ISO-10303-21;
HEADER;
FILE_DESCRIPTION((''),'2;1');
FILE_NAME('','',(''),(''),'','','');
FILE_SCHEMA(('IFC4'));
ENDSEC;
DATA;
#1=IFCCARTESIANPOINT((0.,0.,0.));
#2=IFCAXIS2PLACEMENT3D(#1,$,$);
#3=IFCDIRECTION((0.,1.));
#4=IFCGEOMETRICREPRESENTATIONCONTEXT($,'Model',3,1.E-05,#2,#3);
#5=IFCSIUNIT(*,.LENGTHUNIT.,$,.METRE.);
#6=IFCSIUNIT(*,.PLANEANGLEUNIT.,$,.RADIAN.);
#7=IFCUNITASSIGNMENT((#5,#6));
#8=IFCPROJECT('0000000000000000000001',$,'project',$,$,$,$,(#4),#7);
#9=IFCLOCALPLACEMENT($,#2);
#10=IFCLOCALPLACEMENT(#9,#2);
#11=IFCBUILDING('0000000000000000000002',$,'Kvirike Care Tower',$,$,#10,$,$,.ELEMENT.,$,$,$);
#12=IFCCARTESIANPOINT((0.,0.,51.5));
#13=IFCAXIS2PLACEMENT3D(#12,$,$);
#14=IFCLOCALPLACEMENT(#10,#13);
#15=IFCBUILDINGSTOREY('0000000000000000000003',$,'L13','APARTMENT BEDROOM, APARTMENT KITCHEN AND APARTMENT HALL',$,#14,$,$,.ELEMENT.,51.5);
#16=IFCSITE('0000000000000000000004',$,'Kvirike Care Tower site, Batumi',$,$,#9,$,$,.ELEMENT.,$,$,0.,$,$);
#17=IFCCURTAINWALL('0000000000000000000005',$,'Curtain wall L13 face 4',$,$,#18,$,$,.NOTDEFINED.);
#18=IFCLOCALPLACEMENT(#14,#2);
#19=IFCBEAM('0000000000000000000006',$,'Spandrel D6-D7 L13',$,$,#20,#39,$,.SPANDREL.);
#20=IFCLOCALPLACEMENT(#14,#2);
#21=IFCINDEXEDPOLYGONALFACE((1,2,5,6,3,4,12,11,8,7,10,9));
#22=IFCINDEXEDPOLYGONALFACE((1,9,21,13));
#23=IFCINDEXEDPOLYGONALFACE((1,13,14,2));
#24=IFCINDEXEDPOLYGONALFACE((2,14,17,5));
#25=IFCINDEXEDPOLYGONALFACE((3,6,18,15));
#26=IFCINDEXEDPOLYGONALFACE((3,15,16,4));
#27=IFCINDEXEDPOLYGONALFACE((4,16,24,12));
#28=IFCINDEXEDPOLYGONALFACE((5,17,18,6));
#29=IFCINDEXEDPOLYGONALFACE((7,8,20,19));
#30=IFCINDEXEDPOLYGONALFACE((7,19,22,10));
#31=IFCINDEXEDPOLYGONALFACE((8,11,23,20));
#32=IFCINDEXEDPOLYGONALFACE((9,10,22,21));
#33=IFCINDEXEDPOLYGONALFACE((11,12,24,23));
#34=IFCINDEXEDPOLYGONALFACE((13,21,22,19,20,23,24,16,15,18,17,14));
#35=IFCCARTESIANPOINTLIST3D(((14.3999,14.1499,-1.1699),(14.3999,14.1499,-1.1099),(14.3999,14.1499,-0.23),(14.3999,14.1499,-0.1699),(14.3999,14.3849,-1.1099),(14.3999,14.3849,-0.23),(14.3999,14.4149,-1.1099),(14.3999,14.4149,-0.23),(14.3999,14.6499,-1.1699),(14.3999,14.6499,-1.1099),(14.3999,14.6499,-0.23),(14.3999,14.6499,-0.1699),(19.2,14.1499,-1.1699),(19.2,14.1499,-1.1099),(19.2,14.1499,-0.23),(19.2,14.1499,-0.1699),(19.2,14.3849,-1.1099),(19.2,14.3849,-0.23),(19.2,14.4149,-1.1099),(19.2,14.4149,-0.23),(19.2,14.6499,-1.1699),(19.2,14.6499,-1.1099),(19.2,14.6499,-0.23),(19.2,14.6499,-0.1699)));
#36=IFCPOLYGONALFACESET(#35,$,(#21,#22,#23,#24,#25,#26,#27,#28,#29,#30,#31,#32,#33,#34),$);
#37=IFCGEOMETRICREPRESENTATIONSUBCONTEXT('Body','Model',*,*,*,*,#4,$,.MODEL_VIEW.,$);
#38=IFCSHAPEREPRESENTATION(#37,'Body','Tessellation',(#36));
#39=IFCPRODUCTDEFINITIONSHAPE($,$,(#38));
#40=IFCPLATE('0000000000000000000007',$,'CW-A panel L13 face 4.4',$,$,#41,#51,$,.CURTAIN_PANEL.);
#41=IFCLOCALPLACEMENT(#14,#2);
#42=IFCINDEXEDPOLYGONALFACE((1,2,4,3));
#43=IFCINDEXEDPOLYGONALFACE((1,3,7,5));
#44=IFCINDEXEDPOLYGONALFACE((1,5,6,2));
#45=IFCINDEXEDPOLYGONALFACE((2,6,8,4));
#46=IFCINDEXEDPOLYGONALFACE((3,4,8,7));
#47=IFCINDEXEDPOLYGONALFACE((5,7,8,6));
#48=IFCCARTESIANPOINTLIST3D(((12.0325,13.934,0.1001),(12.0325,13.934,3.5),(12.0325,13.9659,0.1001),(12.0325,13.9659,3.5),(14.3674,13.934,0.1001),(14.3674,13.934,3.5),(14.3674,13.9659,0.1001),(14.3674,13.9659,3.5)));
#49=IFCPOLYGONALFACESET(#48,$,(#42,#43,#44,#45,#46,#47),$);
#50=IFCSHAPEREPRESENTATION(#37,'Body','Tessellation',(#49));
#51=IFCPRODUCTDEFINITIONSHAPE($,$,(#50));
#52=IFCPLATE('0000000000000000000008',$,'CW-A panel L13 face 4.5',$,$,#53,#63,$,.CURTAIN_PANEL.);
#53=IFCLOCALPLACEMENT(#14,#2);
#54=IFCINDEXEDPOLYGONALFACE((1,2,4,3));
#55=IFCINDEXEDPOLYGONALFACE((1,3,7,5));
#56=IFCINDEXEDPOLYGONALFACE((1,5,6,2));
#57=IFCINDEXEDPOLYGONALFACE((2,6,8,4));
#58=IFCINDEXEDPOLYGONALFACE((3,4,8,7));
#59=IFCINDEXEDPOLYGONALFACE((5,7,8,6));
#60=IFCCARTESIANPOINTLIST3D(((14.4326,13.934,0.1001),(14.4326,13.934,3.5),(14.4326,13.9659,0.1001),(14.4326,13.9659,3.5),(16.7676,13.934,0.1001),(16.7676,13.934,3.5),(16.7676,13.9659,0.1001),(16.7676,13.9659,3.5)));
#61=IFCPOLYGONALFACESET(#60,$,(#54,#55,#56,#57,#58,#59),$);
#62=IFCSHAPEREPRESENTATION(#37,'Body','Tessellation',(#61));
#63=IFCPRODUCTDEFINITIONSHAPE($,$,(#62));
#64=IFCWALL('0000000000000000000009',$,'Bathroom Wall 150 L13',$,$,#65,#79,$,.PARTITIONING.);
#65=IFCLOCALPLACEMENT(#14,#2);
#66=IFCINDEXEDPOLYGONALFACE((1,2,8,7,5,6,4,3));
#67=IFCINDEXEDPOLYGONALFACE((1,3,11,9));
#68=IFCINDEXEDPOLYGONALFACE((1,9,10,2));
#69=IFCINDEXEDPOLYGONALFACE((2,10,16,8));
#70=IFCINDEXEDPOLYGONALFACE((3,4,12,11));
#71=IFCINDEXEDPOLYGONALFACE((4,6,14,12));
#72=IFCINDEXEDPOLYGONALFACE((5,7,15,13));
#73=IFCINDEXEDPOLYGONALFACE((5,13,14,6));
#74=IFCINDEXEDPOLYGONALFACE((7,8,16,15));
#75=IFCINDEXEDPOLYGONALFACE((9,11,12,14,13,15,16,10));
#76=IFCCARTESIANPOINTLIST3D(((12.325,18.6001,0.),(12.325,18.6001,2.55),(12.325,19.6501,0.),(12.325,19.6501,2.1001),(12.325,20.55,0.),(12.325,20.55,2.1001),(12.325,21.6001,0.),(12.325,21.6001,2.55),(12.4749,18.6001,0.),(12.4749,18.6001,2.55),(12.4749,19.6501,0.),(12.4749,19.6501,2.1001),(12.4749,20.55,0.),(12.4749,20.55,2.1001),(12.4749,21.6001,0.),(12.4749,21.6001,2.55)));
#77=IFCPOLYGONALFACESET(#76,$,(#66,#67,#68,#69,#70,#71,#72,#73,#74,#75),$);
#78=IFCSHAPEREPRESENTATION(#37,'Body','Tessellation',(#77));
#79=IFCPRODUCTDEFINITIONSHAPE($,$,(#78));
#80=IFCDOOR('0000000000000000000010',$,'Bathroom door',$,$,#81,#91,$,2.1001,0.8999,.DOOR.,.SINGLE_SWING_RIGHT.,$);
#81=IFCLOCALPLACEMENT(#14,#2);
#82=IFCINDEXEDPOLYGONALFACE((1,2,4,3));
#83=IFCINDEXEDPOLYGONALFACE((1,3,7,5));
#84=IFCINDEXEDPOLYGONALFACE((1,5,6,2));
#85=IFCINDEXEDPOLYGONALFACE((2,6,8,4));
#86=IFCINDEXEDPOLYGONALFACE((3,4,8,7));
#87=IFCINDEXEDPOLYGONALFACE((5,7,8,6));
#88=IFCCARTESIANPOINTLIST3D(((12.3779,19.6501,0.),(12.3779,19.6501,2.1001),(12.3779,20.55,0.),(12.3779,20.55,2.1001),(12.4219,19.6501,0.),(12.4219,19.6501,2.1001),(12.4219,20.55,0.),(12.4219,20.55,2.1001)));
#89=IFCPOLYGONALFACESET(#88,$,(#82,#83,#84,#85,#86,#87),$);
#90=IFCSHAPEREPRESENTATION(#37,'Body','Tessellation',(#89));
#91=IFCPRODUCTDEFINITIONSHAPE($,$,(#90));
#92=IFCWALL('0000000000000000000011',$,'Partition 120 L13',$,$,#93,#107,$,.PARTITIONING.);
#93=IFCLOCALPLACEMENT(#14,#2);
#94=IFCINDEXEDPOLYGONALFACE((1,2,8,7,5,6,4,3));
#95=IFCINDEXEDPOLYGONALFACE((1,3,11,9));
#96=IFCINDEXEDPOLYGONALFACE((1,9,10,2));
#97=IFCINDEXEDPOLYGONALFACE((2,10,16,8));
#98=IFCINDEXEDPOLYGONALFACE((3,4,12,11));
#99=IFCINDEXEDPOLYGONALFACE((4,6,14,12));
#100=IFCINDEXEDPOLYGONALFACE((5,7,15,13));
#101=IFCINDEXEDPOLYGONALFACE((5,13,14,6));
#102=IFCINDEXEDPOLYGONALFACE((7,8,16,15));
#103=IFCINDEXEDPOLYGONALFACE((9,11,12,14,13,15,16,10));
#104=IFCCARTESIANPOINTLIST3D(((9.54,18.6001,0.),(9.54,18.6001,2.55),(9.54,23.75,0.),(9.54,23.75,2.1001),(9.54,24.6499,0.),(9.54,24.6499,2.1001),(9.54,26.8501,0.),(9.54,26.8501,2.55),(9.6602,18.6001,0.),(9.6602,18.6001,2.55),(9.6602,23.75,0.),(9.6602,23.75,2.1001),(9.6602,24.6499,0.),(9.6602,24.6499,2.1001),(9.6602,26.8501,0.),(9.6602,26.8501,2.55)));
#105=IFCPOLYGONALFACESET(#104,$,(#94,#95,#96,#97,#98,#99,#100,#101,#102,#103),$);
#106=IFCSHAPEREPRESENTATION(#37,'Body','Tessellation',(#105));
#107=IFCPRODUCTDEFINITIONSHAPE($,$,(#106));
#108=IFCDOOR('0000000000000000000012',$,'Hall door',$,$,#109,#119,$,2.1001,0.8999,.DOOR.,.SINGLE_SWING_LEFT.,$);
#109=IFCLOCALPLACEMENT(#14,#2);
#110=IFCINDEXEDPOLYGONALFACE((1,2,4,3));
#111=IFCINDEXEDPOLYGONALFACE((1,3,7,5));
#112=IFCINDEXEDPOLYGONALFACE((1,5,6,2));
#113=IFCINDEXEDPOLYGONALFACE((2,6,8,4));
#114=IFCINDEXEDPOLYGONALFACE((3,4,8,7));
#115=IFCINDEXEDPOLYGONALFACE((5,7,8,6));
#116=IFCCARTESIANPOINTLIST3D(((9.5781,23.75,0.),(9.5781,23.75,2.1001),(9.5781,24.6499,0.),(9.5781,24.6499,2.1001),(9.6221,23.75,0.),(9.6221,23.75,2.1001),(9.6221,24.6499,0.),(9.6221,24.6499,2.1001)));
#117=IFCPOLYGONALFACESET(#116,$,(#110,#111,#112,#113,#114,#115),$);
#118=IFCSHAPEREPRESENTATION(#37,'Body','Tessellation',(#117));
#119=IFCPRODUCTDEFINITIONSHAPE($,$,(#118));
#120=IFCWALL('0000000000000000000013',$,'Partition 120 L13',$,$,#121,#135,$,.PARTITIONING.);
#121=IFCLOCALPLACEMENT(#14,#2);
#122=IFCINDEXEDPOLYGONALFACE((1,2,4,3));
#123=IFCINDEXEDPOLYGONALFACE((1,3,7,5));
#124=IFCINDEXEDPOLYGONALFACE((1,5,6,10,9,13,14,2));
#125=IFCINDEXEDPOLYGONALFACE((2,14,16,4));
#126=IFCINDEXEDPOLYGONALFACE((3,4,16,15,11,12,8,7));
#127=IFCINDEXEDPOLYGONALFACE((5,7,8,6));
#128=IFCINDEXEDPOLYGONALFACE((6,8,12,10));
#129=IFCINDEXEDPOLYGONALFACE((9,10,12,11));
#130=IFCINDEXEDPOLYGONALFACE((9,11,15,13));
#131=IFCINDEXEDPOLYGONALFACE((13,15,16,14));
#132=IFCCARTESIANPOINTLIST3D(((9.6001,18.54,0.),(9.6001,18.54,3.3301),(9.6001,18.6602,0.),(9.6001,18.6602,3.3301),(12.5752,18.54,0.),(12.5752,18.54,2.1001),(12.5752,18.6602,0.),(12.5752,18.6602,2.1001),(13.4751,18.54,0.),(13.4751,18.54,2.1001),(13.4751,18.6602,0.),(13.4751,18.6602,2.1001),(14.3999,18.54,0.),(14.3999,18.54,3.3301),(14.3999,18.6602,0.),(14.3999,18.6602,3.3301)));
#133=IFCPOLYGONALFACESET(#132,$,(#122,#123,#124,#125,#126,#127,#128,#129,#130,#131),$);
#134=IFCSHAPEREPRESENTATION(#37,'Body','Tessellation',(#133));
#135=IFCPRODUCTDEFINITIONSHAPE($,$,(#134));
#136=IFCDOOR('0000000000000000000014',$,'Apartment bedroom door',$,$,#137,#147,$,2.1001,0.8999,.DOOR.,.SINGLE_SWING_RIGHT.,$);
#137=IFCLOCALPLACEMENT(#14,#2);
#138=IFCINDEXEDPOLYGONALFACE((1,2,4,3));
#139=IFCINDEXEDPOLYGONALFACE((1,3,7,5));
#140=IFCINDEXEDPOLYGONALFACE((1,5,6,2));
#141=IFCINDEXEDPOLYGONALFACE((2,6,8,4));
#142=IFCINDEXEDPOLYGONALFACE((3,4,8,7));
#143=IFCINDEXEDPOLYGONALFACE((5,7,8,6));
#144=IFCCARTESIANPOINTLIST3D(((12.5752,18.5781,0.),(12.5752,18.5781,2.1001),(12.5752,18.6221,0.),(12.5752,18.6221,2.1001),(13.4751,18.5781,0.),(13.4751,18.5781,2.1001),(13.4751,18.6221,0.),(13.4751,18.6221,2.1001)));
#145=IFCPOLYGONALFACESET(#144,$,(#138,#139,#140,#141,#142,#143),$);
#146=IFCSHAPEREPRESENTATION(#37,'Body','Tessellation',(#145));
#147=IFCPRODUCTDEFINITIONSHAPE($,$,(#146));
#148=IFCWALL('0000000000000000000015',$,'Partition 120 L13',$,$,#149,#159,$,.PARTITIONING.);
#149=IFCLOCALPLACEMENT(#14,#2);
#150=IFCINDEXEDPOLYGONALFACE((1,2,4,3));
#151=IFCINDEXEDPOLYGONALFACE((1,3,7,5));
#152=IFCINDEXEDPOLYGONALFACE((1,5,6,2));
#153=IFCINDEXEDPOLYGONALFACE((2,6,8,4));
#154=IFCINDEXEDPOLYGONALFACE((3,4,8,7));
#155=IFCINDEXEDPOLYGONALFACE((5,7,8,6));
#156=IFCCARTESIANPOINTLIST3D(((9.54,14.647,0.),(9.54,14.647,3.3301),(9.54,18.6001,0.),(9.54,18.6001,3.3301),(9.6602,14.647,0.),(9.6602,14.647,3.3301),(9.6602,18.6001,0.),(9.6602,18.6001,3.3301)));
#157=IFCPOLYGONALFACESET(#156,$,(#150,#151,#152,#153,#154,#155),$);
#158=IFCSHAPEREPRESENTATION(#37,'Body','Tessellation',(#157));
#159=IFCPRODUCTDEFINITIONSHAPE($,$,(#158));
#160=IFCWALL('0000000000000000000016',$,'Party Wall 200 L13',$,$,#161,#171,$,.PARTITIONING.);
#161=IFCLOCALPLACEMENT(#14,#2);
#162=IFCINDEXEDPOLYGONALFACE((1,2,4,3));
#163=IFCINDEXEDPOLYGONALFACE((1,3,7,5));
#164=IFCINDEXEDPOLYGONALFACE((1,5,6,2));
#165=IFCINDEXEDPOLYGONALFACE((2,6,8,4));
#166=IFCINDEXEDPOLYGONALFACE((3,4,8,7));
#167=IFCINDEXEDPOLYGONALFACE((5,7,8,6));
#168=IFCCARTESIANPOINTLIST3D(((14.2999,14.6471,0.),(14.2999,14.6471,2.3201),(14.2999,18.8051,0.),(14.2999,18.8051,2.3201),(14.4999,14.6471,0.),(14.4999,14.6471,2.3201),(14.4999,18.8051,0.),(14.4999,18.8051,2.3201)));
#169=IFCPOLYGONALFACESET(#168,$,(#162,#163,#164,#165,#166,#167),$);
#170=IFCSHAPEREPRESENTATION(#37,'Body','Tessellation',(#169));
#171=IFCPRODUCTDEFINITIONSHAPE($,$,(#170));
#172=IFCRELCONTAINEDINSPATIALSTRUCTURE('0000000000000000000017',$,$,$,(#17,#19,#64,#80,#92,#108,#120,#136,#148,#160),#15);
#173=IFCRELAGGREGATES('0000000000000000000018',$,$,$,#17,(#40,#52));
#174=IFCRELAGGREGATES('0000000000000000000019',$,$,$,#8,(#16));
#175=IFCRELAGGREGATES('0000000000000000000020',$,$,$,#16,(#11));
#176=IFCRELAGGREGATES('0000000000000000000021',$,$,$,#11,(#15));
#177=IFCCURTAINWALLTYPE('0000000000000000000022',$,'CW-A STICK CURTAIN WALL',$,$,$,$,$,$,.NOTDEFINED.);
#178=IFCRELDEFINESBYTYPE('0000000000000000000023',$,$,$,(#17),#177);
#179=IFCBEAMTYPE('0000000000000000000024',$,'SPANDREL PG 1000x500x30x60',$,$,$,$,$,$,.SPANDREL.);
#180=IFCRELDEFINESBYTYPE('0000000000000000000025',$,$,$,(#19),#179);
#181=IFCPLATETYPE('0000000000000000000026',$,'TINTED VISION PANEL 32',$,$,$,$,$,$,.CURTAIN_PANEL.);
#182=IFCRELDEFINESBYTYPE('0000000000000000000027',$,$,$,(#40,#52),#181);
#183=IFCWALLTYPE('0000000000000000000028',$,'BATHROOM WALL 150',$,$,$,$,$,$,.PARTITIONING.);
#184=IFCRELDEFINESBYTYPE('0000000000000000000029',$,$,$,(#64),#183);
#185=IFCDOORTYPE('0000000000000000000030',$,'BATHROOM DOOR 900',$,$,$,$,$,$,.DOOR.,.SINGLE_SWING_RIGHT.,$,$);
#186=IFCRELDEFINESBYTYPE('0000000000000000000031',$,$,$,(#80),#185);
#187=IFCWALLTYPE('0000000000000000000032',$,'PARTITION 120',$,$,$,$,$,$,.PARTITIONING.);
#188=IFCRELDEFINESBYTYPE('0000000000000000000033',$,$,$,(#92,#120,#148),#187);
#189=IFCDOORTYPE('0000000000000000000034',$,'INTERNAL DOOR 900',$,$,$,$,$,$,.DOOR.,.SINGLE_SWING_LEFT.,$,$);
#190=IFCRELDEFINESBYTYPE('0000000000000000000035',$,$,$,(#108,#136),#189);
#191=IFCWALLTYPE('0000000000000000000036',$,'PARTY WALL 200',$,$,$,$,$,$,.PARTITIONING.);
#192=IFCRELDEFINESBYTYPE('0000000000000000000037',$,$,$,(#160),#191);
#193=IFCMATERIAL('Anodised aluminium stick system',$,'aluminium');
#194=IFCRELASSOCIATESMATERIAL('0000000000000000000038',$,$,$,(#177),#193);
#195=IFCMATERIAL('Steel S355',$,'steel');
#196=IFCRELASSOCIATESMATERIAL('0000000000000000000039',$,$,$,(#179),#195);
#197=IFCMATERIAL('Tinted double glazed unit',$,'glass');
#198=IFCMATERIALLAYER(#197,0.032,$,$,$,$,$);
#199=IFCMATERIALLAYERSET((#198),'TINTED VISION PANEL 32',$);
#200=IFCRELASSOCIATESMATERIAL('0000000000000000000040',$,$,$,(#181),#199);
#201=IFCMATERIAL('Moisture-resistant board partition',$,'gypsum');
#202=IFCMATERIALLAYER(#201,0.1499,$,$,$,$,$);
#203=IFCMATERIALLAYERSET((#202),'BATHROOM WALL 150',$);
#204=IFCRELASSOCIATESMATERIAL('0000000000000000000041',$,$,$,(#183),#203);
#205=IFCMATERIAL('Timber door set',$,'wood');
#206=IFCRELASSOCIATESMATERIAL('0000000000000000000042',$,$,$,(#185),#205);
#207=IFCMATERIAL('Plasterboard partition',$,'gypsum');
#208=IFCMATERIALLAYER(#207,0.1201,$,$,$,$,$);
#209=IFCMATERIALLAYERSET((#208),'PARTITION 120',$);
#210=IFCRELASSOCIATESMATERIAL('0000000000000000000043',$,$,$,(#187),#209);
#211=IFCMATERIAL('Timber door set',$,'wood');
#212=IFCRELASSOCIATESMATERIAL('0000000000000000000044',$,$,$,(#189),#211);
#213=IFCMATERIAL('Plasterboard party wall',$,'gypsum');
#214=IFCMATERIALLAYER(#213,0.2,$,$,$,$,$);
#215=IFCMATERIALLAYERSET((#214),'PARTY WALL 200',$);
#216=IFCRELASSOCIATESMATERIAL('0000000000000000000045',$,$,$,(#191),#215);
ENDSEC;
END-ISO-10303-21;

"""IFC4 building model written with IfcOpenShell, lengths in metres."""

from ifc_helpers import new_model, si_unit, direction, frame, frame_2d, origin, origin_2d, place, context, subcontext, project, spatial, rectangle, i_section, extrude, material, layer, layer_set, material_profile, profile_set, type_object, element, fill, aggregate, save


model = new_model("IFC4")

# Units and contexts
model_context = context("Model", 3, precision=1e-05, world=origin(), true_north=direction((0.0, 1.0)))
body_context = subcontext(model_context, "Body", "Model", "MODEL_VIEW")
ifc_project = project(units=[si_unit("LENGTHUNIT", "METRE"), si_unit("PLANEANGLEUNIT", "RADIAN")], contexts=[model_context])

# Site, building, storey
site_placement = place(None, origin())
site = spatial("IfcSite", under=ifc_project, at=site_placement, Name="Kvirike Care Tower site, Batumi", CompositionType="ELEMENT", RefElevation=0.0)
building_placement = place(site_placement, origin())
building = spatial("IfcBuilding", under=site, at=building_placement, Name="Kvirike Care Tower", CompositionType="ELEMENT")
storey_placement = place(building_placement, frame((0.0, 0.0, 51.5)))
storey = spatial("IfcBuildingStorey", under=building, at=storey_placement, Name="L13", Description="APARTMENT BEDROOM, APARTMENT KITCHEN AND APARTMENT HALL", CompositionType="ELEMENT", Elevation=51.5)

# Curtain wall
ifc_material_1 = material(Name="Anodised aluminium stick system", Category="aluminium")
curtain_wall_type = type_object("IfcCurtainWallType", Name="CW-A STICK CURTAIN WALL", PredefinedType="NOTDEFINED", material=ifc_material_1)
curtain_wall_placement = place(storey_placement, origin())
curtain_wall = element("IfcCurtainWall", 1, at=curtain_wall_placement, inside=storey, type_object=curtain_wall_type, Name="Curtain wall L13 face 4", PredefinedType="NOTDEFINED")

# Beam
ifc_material_2 = material(Name="Steel S355", Category="steel")
ifc_material_profile_1 = material_profile(ifc_material_2, i_section(OverallWidth=0.5, OverallDepth=1.0, WebThickness=0.03, FlangeThickness=0.0601, at=origin_2d()), Name="PG 1000x500x30x60")
ifc_profile_set_1 = profile_set([ifc_material_profile_1], Name="Steel S355")
beam_type_1 = type_object("IfcBeamType", Name="SPANDREL PG 1000x500x30x60", PredefinedType="SPANDREL", material=ifc_profile_set_1)
beam_1_placement = place(storey_placement, frame((14.3999, 14.3999, -0.6699), z_axis=(1.0, 0.0, 0.0), x_axis=(0.0, 1.0, 0.0)))
element("IfcBeam", 2, at=beam_1_placement, inside=storey, type_object=beam_type_1, Name="Spandrel D6-D7 L13", PredefinedType="SPANDREL", context=body_context, shape_type="SweptSolid", body=[
    extrude(i_section(OverallWidth=0.5, OverallDepth=1.0, WebThickness=0.03, FlangeThickness=0.0601, at=origin_2d()), origin(), (0.0, 0.0, 1.0), 4.8),
])

# Plates
ifc_material_3 = material(Name="Tinted double glazed unit", Category="glass")
ifc_layer_1 = layer(ifc_material_3, 0.032)
ifc_layer_set_1 = layer_set([ifc_layer_1], Name="TINTED VISION PANEL 32")
plate_type = type_object("IfcPlateType", Name="TINTED VISION PANEL 32", PredefinedType="CURTAIN_PANEL", material=ifc_layer_set_1)
plate_1_placement = place(storey_placement, frame((13.2, 13.95, 0.1001), z_axis=(0.0, 0.0, 1.0), x_axis=(1.0, 0.0, 0.0)))
plate_1 = element("IfcPlate", 3, at=plate_1_placement, type_object=plate_type, Name="CW-A panel L13 face 4.4", PredefinedType="CURTAIN_PANEL", context=body_context, shape_type="SweptSolid", body=[
    extrude(rectangle(XDim=2.335, YDim=0.032, at=origin_2d()), origin(), (0.0, 0.0, 1.0), 3.3999),
])
plate_2_placement = place(storey_placement, frame((15.6001, 13.95, 0.1001), z_axis=(0.0, 0.0, 1.0), x_axis=(1.0, 0.0, 0.0)))
plate_2 = element("IfcPlate", 4, at=plate_2_placement, type_object=plate_type, Name="CW-A panel L13 face 4.5", PredefinedType="CURTAIN_PANEL", context=body_context, shape_type="SweptSolid", body=[
    extrude(rectangle(XDim=2.335, YDim=0.032, at=origin_2d()), origin(), (0.0, 0.0, 1.0), 3.3999),
])
aggregate(curtain_wall, [plate_1, plate_2])

# Walls, openings, doors
ifc_material_4 = material(Name="Moisture-resistant board partition", Category="gypsum")
ifc_layer_2 = layer(ifc_material_4, 0.1499)
ifc_layer_set_2 = layer_set([ifc_layer_2], Name="BATHROOM WALL 150")
wall_type_1 = type_object("IfcWallType", Name="BATHROOM WALL 150", PredefinedType="PARTITIONING", material=ifc_layer_set_2)
wall_1_placement = place(storey_placement, frame((12.3999, 18.6001, 0.0), z_axis=(0.0, 0.0, 1.0), x_axis=(0.0, 1.0, 0.0)))
wall_1 = element("IfcWall", 5, at=wall_1_placement, inside=storey, type_object=wall_type_1, Name="Bathroom Wall 150 L13", PredefinedType="PARTITIONING", context=body_context, shape_type="SweptSolid", body=[
    extrude(rectangle(XDim=3.0, YDim=0.1499, at=frame_2d((1.5, 0.0))), origin(), (0.0, 0.0, 1.0), 2.55),
])
opening_1_placement = place(wall_1_placement, frame((1.05, 0.0, 0.0)))
opening_1 = element("IfcOpeningElement", 6, at=opening_1_placement, cuts=wall_1, PredefinedType="OPENING", context=body_context, shape_type="SweptSolid", body=[
    extrude(rectangle(XDim=0.8999, YDim=2.1001, at=frame_2d((0.45, 1.05))), frame((0.0, 0.0854, 0.0), z_axis=(0.0, -1.0, 0.0), x_axis=(1.0, 0.0, 0.0)), (0.0, 0.0, 1.0), 0.1709),
])
ifc_material_5 = material(Name="Timber door set", Category="wood")
door_type_1 = type_object("IfcDoorType", Name="BATHROOM DOOR 900", OperationType="SINGLE_SWING_RIGHT", PredefinedType="DOOR", material=ifc_material_5)
door_1_placement = place(opening_1_placement, origin())
door_1 = element("IfcDoor", 7, at=door_1_placement, inside=storey, type_object=door_type_1, Name="Bathroom door", OperationType="SINGLE_SWING_RIGHT", OverallHeight=2.1001, OverallWidth=0.8999, PredefinedType="DOOR", context=body_context, shape_type="SweptSolid", body=[
    extrude(rectangle(XDim=0.8999, YDim=2.1001, at=frame_2d((0.45, 1.05))), frame((0.0, 0.022, 0.0), z_axis=(0.0, -1.0, 0.0), x_axis=(1.0, 0.0, 0.0)), (0.0, 0.0, 1.0), 0.0439),
])
fill(opening_1, door_1)
ifc_material_6 = material(Name="Plasterboard partition", Category="gypsum")
ifc_layer_3 = layer(ifc_material_6, 0.1201)
ifc_layer_set_3 = layer_set([ifc_layer_3], Name="PARTITION 120")
wall_type_2 = type_object("IfcWallType", Name="PARTITION 120", PredefinedType="PARTITIONING", material=ifc_layer_set_3)
wall_2_placement = place(storey_placement, frame((9.6001, 18.6001, 0.0), z_axis=(0.0, 0.0, 1.0), x_axis=(0.0, 1.0, 0.0)))
wall_2 = element("IfcWall", 8, at=wall_2_placement, inside=storey, type_object=wall_type_2, Name="Partition 120 L13", PredefinedType="PARTITIONING", context=body_context, shape_type="SweptSolid", body=[
    extrude(rectangle(XDim=8.25, YDim=0.1201, at=frame_2d((4.125, 0.0))), origin(), (0.0, 0.0, 1.0), 2.55),
])
opening_2_placement = place(wall_2_placement, frame((5.1499, 0.0, 0.0)))
opening_2 = element("IfcOpeningElement", 9, at=opening_2_placement, cuts=wall_2, PredefinedType="OPENING", context=body_context, shape_type="SweptSolid", body=[
    extrude(rectangle(XDim=0.8999, YDim=2.1001, at=frame_2d((0.45, 1.05))), frame((0.0, 0.0706, 0.0), z_axis=(0.0, -1.0, 0.0), x_axis=(1.0, 0.0, 0.0)), (0.0, 0.0, 1.0), 0.1411),
])
ifc_material_7 = material(Name="Timber door set", Category="wood")
door_type_2 = type_object("IfcDoorType", Name="INTERNAL DOOR 900", OperationType="SINGLE_SWING_LEFT", PredefinedType="DOOR", material=ifc_material_7)
door_2_placement = place(opening_2_placement, frame((0.8999, 0.0, 0.0), z_axis=(0.0, 0.0, 1.0), x_axis=(-1.0, 0.0, 0.0)))
door_2 = element("IfcDoor", 10, at=door_2_placement, inside=storey, type_object=door_type_2, Name="Hall door", OperationType="SINGLE_SWING_LEFT", OverallHeight=2.1001, OverallWidth=0.8999, PredefinedType="DOOR", context=body_context, shape_type="SweptSolid", body=[
    extrude(rectangle(XDim=0.8999, YDim=2.1001, at=frame_2d((0.45, 1.05))), frame((0.0, 0.022, 0.0), z_axis=(0.0, -1.0, 0.0), x_axis=(1.0, 0.0, 0.0)), (0.0, 0.0, 1.0), 0.0439),
])
fill(opening_2, door_2)
wall_3_placement = place(storey_placement, frame((9.6001, 18.6001, 0.0), z_axis=(0.0, 0.0, 1.0), x_axis=(1.0, 0.0, 0.0)))
wall_3 = element("IfcWall", 11, at=wall_3_placement, inside=storey, type_object=wall_type_2, Name="Partition 120 L13", PredefinedType="PARTITIONING", context=body_context, shape_type="SweptSolid", body=[
    extrude(rectangle(XDim=4.7998, YDim=0.1201, at=frame_2d((2.3999, 0.0))), origin(), (0.0, 0.0, 1.0), 3.3301),
])
opening_3_placement = place(wall_3_placement, frame((2.9751, 0.0, 0.0)))
opening_3 = element("IfcOpeningElement", 12, at=opening_3_placement, cuts=wall_3, PredefinedType="OPENING", context=body_context, shape_type="SweptSolid", body=[
    extrude(rectangle(XDim=0.8999, YDim=2.1001, at=frame_2d((0.45, 1.05))), frame((0.0, 0.0706, 0.0), z_axis=(0.0, -1.0, 0.0), x_axis=(1.0, 0.0, 0.0)), (0.0, 0.0, 1.0), 0.1411),
])
door_3_placement = place(opening_3_placement, frame((0.8999, 0.0, 0.0), z_axis=(0.0, 0.0, 1.0), x_axis=(-1.0, 0.0, 0.0)))
door_3 = element("IfcDoor", 13, at=door_3_placement, inside=storey, type_object=door_type_2, Name="Apartment bedroom door", OperationType="SINGLE_SWING_RIGHT", OverallHeight=2.1001, OverallWidth=0.8999, PredefinedType="DOOR", context=body_context, shape_type="SweptSolid", body=[
    extrude(rectangle(XDim=0.8999, YDim=2.1001, at=frame_2d((0.45, 1.05))), frame((0.0, 0.022, 0.0), z_axis=(0.0, -1.0, 0.0), x_axis=(1.0, 0.0, 0.0)), (0.0, 0.0, 1.0), 0.0439),
])
fill(opening_3, door_3)

# Walls
wall_4_placement = place(storey_placement, frame((9.6001, 14.647, 0.0), z_axis=(0.0, 0.0, 1.0), x_axis=(0.0, 1.0, 0.0)))
element("IfcWall", 14, at=wall_4_placement, inside=storey, type_object=wall_type_2, Name="Partition 120 L13", PredefinedType="PARTITIONING", context=body_context, shape_type="SweptSolid", body=[
    extrude(rectangle(XDim=3.9531, YDim=0.1201, at=frame_2d((1.9766, 0.0))), origin(), (0.0, 0.0, 1.0), 3.3301),
])
ifc_material_8 = material(Name="Plasterboard party wall", Category="gypsum")
ifc_layer_4 = layer(ifc_material_8, 0.2)
ifc_layer_set_4 = layer_set([ifc_layer_4], Name="PARTY WALL 200")
wall_type_3 = type_object("IfcWallType", Name="PARTY WALL 200", PredefinedType="PARTITIONING", material=ifc_layer_set_4)
wall_5_placement = place(storey_placement, frame((14.3999, 14.647, 0.0), z_axis=(0.0, 0.0, 1.0), x_axis=(0.0, 1.0, 0.0)))
element("IfcWall", 15, at=wall_5_placement, inside=storey, type_object=wall_type_3, Name="Party Wall 200 L13", PredefinedType="PARTITIONING", context=body_context, shape_type="SweptSolid", body=[
    extrude(rectangle(XDim=4.158, YDim=0.2, at=frame_2d((2.0791, 0.0))), origin(), (0.0, 0.0, 1.0), 2.3201),
])

save(model, "model.ifc")
